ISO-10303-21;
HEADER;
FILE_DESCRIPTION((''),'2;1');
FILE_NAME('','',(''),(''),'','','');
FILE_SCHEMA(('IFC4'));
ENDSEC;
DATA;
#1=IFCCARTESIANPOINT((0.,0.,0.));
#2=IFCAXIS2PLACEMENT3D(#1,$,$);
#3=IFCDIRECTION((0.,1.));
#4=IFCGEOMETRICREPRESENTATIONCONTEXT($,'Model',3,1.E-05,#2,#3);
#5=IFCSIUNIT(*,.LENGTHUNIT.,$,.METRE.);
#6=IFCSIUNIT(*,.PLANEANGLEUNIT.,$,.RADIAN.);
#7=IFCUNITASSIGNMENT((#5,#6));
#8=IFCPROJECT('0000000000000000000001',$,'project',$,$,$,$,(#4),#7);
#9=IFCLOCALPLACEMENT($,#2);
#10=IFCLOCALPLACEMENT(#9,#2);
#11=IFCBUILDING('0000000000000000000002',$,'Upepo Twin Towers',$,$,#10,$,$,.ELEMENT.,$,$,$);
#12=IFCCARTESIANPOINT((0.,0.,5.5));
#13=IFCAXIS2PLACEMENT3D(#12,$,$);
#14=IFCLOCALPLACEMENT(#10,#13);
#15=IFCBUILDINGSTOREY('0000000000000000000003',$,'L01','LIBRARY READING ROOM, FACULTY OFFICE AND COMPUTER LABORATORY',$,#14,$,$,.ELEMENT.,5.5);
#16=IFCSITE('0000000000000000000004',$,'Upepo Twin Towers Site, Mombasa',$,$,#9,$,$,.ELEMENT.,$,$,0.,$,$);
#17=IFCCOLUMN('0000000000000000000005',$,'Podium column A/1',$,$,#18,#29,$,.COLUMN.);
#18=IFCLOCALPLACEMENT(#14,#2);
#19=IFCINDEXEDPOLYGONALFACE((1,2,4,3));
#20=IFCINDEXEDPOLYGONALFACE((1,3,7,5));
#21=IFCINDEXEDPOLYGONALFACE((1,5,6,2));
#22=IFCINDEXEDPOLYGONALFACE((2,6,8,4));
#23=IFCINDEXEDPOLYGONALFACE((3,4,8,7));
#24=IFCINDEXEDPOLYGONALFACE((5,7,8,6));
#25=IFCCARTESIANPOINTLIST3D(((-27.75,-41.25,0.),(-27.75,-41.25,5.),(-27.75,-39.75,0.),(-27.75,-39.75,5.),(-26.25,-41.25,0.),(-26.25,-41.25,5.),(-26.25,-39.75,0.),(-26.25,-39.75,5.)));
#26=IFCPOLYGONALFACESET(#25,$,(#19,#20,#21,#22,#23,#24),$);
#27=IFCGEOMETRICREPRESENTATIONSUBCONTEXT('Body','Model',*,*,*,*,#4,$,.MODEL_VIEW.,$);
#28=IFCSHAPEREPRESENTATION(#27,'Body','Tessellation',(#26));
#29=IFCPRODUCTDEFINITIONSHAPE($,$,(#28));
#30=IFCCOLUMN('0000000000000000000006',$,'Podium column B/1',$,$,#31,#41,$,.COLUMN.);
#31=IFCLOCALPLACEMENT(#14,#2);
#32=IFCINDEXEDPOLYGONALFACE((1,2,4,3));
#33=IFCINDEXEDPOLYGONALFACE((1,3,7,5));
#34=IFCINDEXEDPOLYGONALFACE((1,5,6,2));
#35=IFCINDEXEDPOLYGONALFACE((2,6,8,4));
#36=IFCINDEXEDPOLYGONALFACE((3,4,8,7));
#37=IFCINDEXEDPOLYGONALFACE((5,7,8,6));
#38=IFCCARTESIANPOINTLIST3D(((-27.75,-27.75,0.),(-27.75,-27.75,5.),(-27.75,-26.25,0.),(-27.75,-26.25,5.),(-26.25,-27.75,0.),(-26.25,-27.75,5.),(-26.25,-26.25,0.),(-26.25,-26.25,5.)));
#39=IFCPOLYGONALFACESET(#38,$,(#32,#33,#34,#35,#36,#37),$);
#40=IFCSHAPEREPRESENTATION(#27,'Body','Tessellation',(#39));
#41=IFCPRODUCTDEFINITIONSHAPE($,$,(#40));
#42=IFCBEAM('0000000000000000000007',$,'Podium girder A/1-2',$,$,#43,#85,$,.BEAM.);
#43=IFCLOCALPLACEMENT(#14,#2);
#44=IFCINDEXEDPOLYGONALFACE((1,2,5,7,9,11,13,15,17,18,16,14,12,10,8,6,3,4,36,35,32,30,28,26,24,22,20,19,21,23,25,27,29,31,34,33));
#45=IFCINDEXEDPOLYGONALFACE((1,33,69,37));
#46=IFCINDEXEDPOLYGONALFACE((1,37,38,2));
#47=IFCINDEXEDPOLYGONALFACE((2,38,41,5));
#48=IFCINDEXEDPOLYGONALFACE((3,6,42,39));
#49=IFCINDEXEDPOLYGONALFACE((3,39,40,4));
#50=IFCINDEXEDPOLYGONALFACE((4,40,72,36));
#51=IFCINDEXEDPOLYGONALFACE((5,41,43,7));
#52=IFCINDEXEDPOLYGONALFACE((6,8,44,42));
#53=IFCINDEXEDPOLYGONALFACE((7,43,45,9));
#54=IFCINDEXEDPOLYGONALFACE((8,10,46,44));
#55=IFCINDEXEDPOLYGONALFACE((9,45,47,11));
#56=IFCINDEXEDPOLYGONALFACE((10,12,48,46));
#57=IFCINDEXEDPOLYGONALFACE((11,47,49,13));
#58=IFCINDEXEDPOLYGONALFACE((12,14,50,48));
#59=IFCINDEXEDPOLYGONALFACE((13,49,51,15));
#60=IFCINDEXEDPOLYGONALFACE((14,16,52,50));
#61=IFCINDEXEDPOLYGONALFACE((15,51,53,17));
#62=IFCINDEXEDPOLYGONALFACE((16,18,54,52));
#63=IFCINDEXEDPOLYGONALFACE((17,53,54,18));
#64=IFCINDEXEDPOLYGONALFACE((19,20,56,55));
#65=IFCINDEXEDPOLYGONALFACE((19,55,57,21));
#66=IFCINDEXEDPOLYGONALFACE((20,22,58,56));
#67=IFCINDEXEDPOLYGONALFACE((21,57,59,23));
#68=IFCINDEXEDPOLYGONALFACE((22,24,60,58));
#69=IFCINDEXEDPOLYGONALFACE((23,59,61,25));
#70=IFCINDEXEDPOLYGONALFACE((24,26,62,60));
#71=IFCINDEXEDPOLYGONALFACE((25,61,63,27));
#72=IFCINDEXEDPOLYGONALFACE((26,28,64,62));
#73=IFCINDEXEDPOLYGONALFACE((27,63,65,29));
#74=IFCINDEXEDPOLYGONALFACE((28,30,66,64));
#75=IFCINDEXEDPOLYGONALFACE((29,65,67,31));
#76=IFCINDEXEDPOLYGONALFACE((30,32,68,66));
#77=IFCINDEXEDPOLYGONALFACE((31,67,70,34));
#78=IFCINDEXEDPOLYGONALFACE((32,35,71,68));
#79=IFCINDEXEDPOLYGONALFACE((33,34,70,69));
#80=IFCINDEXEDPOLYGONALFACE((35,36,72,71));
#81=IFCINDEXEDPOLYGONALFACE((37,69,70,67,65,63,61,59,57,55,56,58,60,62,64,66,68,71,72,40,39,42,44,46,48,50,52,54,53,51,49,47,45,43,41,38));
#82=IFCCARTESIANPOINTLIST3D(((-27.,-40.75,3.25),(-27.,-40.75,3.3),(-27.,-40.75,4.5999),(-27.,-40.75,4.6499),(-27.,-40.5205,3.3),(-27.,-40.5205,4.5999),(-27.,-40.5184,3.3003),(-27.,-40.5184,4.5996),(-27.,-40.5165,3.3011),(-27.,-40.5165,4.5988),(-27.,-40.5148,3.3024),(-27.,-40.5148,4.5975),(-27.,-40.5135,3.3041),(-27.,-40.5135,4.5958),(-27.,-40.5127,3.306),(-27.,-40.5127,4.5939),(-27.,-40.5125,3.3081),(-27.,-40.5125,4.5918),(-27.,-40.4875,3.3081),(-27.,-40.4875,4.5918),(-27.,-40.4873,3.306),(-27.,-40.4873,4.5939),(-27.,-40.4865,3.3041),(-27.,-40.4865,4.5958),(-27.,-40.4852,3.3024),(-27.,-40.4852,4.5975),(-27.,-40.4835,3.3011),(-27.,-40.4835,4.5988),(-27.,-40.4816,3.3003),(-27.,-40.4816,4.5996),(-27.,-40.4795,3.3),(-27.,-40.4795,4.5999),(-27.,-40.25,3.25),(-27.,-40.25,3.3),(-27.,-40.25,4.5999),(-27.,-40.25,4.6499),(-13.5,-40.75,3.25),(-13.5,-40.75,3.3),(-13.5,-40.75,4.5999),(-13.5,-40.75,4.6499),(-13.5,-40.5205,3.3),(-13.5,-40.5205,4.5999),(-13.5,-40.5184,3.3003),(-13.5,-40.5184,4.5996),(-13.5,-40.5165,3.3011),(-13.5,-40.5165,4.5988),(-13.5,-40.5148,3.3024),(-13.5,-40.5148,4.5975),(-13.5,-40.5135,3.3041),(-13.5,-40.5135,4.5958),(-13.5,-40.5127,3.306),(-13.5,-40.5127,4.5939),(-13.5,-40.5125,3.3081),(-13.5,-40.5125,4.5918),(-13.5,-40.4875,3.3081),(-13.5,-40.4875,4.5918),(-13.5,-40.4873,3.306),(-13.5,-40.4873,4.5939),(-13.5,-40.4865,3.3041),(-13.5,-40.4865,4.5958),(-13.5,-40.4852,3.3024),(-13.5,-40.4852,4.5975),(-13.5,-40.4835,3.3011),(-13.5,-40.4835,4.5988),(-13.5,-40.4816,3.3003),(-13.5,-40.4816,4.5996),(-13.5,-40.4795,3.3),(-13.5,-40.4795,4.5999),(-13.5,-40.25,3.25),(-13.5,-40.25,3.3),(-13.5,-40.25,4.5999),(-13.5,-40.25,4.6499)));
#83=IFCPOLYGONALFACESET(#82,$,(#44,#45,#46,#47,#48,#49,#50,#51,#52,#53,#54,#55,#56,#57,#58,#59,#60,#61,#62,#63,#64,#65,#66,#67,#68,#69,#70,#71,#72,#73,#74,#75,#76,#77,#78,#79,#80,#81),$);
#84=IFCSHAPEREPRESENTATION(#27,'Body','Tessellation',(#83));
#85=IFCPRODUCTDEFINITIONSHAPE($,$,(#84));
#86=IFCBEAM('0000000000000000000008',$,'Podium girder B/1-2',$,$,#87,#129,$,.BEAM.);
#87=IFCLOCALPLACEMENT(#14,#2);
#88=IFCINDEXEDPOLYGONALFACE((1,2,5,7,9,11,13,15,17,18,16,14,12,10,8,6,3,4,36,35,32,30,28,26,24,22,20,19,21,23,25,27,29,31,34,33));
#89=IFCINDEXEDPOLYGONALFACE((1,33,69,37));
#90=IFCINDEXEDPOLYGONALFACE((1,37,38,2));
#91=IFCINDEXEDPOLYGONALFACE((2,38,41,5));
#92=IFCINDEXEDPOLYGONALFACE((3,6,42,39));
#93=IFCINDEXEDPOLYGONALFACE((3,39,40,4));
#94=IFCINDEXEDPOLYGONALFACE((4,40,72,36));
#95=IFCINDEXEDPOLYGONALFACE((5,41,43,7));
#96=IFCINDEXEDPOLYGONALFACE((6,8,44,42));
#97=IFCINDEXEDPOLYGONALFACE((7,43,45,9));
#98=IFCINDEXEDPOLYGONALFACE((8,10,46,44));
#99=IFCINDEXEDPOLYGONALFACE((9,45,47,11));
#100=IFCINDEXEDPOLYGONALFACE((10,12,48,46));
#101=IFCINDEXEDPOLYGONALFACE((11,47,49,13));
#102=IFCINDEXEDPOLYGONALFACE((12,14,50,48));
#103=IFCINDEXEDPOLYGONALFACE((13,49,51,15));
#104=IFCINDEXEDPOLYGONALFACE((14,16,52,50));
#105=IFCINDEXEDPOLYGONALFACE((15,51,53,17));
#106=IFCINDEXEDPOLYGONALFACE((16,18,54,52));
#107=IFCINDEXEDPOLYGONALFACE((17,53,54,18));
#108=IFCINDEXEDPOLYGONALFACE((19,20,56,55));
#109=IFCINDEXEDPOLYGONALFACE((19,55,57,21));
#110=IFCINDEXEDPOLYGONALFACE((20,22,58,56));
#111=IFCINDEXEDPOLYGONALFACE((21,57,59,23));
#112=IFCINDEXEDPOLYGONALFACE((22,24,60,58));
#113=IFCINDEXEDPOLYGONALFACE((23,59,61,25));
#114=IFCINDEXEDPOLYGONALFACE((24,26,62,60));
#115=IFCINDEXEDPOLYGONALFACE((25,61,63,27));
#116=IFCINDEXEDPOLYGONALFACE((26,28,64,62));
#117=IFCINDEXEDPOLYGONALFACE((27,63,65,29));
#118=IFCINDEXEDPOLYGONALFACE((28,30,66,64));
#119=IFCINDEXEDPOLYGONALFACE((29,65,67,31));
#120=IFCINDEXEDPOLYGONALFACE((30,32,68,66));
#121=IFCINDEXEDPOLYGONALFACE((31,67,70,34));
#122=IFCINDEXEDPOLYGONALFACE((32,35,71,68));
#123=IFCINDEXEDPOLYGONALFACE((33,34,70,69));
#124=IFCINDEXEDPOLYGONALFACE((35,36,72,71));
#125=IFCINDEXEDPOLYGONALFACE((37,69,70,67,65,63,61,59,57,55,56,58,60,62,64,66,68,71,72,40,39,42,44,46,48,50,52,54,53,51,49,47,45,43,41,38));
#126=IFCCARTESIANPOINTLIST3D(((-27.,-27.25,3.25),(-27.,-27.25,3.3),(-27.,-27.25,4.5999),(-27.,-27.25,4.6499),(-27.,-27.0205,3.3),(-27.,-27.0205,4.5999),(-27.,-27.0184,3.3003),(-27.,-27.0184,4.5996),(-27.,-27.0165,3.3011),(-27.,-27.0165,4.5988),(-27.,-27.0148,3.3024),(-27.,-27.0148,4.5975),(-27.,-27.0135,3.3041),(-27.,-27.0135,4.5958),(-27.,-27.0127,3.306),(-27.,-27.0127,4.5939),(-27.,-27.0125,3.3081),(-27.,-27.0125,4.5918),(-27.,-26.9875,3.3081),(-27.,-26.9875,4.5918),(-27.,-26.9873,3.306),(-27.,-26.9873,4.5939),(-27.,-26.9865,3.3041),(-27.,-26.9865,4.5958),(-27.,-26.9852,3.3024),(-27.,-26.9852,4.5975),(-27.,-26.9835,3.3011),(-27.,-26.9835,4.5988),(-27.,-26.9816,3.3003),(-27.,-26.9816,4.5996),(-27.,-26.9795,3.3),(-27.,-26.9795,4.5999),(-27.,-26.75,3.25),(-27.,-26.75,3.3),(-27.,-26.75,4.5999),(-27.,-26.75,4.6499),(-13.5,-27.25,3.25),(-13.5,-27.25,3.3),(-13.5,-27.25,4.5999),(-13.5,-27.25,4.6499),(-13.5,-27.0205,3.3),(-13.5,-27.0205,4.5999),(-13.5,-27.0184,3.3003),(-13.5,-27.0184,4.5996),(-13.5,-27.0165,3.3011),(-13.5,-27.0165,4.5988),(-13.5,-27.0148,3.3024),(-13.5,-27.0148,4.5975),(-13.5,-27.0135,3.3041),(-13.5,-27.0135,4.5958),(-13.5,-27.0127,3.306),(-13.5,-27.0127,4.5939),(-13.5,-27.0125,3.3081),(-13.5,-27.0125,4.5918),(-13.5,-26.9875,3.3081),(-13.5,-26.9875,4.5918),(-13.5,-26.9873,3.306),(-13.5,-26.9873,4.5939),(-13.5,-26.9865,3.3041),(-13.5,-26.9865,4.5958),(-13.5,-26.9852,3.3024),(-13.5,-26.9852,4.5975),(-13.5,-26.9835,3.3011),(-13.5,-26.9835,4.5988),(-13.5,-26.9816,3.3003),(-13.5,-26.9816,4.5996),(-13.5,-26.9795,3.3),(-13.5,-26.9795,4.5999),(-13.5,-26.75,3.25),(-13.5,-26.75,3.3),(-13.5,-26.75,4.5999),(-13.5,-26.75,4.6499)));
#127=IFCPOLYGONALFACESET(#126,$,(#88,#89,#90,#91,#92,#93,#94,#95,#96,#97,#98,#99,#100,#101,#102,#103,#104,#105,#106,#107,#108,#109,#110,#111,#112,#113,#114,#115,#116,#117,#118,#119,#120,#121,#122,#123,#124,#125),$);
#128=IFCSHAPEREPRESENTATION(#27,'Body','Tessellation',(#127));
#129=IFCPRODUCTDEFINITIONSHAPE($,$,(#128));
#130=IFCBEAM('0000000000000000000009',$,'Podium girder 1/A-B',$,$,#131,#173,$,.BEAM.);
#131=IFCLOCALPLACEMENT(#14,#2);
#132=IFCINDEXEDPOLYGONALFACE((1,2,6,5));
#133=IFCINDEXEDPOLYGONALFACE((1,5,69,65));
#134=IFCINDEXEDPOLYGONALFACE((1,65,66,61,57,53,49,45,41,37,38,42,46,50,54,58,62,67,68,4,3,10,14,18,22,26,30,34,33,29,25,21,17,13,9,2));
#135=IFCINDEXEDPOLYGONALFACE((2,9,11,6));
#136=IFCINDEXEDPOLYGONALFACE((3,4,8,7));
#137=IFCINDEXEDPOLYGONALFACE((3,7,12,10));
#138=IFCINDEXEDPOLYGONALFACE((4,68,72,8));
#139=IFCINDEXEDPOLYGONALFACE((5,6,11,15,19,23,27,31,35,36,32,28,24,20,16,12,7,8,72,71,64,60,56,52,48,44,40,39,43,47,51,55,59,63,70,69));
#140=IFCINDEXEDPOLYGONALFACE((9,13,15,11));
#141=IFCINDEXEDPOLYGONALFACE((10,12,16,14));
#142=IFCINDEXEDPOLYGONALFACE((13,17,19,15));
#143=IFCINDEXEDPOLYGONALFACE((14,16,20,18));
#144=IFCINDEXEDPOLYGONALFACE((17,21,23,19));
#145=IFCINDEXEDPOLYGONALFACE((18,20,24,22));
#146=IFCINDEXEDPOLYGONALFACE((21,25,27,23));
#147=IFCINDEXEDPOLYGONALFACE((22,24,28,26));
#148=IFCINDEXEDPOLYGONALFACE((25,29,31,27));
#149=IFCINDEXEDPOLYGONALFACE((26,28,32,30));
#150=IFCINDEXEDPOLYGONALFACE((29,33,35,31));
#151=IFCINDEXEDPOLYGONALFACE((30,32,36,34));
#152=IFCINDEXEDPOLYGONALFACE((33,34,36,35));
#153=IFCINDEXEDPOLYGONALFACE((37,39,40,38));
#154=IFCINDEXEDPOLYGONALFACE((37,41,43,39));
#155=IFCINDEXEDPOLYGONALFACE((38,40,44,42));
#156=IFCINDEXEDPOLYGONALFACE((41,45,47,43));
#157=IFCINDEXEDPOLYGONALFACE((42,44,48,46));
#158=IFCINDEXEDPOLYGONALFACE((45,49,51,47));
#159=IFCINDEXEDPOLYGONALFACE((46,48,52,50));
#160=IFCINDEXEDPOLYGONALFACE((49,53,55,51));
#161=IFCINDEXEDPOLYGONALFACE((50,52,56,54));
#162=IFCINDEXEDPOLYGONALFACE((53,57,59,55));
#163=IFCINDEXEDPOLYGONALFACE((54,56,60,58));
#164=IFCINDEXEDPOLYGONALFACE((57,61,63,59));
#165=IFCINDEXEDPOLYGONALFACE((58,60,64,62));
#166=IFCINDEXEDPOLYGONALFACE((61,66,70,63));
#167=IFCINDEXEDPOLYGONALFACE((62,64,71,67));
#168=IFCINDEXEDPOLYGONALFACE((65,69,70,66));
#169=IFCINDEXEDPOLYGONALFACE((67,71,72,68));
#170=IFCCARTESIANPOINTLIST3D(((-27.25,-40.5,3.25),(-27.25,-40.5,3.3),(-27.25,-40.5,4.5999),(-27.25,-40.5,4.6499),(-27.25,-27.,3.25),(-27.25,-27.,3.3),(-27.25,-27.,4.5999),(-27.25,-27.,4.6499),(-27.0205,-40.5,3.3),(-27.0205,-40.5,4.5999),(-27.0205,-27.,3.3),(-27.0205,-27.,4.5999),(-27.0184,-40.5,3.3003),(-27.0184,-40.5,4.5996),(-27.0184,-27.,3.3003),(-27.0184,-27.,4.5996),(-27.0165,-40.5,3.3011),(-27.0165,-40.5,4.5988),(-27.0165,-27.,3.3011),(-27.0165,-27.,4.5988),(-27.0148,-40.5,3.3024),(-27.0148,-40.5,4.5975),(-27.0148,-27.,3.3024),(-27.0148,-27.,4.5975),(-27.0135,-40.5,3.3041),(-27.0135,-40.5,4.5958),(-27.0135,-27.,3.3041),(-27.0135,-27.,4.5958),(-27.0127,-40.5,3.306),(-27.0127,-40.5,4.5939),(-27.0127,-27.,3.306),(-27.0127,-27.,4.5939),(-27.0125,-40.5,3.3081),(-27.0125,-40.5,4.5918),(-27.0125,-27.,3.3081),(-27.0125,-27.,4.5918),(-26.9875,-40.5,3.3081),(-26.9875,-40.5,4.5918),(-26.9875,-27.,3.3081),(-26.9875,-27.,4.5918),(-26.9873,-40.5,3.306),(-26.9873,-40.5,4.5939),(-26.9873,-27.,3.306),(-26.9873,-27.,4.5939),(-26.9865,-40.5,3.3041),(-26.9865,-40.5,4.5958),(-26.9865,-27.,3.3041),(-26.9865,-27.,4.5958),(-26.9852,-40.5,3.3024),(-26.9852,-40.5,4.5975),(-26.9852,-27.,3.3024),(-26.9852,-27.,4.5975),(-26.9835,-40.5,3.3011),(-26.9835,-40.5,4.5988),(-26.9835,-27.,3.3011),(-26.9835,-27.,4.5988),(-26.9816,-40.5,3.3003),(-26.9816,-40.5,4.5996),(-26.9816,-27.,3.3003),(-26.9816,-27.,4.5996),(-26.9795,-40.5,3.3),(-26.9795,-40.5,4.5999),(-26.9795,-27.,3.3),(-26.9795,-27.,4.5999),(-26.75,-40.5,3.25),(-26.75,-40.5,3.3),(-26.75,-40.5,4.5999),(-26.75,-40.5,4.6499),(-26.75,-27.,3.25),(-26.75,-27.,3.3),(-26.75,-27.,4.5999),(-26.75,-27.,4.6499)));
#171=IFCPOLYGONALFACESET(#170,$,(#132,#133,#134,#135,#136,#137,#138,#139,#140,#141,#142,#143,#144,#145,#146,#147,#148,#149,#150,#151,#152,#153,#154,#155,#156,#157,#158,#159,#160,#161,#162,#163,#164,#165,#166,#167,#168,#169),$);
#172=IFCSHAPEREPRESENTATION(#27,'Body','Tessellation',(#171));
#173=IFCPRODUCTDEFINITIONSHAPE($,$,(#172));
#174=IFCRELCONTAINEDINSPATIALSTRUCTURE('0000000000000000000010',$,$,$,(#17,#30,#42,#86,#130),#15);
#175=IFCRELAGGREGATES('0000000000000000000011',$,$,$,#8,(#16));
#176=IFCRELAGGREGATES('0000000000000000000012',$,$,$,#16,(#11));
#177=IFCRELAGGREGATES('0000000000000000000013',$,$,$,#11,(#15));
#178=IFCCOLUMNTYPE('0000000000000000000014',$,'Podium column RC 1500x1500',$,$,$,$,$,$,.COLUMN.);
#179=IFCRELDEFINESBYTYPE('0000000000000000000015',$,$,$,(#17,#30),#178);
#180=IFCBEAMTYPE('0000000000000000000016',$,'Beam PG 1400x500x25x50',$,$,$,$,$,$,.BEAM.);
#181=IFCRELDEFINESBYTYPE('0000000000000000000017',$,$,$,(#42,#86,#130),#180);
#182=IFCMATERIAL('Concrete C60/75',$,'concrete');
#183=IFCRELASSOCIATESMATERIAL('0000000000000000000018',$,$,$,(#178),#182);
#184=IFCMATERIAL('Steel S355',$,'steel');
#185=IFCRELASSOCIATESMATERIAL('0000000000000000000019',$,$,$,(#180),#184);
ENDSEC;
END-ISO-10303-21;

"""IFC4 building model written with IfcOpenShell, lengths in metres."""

from ifc_helpers import new_model, si_unit, direction, frame, origin, origin_2d, place, context, subcontext, project, spatial, rectangle, i_section, extrude, material, material_profile, profile_set, type_object, element, save


model = new_model("IFC4")

# Units and contexts
model_context = context("Model", 3, precision=1e-05, world=origin(), true_north=direction((0.0, 1.0)))
body_context = subcontext(model_context, "Body", "Model", "MODEL_VIEW")
ifc_project = project(units=[si_unit("LENGTHUNIT", "METRE"), si_unit("PLANEANGLEUNIT", "RADIAN")], contexts=[model_context])

# Site, building, storey
site_placement = place(None, origin())
site = spatial("IfcSite", under=ifc_project, at=site_placement, Name="Upepo Twin Towers Site, Mombasa", CompositionType="ELEMENT", RefElevation=0.0)
building_placement = place(site_placement, origin())
building = spatial("IfcBuilding", under=site, at=building_placement, Name="Upepo Twin Towers", CompositionType="ELEMENT")
storey_placement = place(building_placement, frame((0.0, 0.0, 5.5)))
storey = spatial("IfcBuildingStorey", under=building, at=storey_placement, Name="L01", Description="LIBRARY READING ROOM, FACULTY OFFICE AND COMPUTER LABORATORY", CompositionType="ELEMENT", Elevation=5.5)

# Columns
ifc_material_1 = material(Name="Concrete C60/75", Category="concrete")
ifc_material_profile_1 = material_profile(ifc_material_1, rectangle(XDim=1.5, YDim=1.5, at=origin_2d()), Name="RC 1500x1500")
ifc_profile_set_1 = profile_set([ifc_material_profile_1], Name="Concrete C60/75")
column_type = type_object("IfcColumnType", Name="Podium column RC 1500x1500", PredefinedType="COLUMN", material=ifc_profile_set_1)
for number, where, z_axis, x_axis, name in (
    (1, (-27.0, -40.5, 0.0), (0.0, 0.0, 1.0), (1.0, 0.0, 0.0), "Podium column A/1"),
    (2, (-27.0, -27.0, 0.0), (0.0, 0.0, 1.0), (1.0, 0.0, 0.0), "Podium column B/1"),
):
    element("IfcColumn", number, at=place(storey_placement, frame(where, z_axis=z_axis, x_axis=x_axis)), inside=storey, type_object=column_type, Name=name, PredefinedType="COLUMN", context=body_context, shape_type="SweptSolid", body=[
        extrude(rectangle(XDim=1.5, YDim=1.5, at=origin_2d()), origin(), (0.0, 0.0, 1.0), 5.0),
    ])

# Beams
ifc_material_2 = material(Name="Steel S355", Category="steel")
ifc_material_profile_2 = material_profile(ifc_material_2, i_section(OverallWidth=0.5, OverallDepth=1.3999, WebThickness=0.0249, FlangeThickness=0.05, FilletRadius=0.0081, at=origin_2d()), Name="PG 1400x500x25x50")
ifc_profile_set_2 = profile_set([ifc_material_profile_2], Name="Steel S355")
beam_type_1 = type_object("IfcBeamType", Name="Beam PG 1400x500x25x50", PredefinedType="BEAM", material=ifc_profile_set_2)
for number, where, z_axis, x_axis, name in (
    (3, (-27.0, -40.5, 3.95), (1.0, 0.0, 0.0), (0.0, 1.0, 0.0), "Podium girder A/1-2"),
    (4, (-27.0, -27.0, 3.95), (1.0, 0.0, 0.0), (0.0, 1.0, 0.0), "Podium girder B/1-2"),
    (5, (-27.0, -40.5, 3.95), (0.0, 1.0, 0.0), (-1.0, 0.0, 0.0), "Podium girder 1/A-B"),
):
    element("IfcBeam", number, at=place(storey_placement, frame(where, z_axis=z_axis, x_axis=x_axis)), inside=storey, type_object=beam_type_1, Name=name, PredefinedType="BEAM", context=body_context, shape_type="SweptSolid", body=[
        extrude(i_section(OverallWidth=0.5, OverallDepth=1.3999, WebThickness=0.0249, FlangeThickness=0.05, FilletRadius=0.0081, at=origin_2d()), origin(), (0.0, 0.0, 1.0), 13.5),
    ])

save(model, "model.ifc")
